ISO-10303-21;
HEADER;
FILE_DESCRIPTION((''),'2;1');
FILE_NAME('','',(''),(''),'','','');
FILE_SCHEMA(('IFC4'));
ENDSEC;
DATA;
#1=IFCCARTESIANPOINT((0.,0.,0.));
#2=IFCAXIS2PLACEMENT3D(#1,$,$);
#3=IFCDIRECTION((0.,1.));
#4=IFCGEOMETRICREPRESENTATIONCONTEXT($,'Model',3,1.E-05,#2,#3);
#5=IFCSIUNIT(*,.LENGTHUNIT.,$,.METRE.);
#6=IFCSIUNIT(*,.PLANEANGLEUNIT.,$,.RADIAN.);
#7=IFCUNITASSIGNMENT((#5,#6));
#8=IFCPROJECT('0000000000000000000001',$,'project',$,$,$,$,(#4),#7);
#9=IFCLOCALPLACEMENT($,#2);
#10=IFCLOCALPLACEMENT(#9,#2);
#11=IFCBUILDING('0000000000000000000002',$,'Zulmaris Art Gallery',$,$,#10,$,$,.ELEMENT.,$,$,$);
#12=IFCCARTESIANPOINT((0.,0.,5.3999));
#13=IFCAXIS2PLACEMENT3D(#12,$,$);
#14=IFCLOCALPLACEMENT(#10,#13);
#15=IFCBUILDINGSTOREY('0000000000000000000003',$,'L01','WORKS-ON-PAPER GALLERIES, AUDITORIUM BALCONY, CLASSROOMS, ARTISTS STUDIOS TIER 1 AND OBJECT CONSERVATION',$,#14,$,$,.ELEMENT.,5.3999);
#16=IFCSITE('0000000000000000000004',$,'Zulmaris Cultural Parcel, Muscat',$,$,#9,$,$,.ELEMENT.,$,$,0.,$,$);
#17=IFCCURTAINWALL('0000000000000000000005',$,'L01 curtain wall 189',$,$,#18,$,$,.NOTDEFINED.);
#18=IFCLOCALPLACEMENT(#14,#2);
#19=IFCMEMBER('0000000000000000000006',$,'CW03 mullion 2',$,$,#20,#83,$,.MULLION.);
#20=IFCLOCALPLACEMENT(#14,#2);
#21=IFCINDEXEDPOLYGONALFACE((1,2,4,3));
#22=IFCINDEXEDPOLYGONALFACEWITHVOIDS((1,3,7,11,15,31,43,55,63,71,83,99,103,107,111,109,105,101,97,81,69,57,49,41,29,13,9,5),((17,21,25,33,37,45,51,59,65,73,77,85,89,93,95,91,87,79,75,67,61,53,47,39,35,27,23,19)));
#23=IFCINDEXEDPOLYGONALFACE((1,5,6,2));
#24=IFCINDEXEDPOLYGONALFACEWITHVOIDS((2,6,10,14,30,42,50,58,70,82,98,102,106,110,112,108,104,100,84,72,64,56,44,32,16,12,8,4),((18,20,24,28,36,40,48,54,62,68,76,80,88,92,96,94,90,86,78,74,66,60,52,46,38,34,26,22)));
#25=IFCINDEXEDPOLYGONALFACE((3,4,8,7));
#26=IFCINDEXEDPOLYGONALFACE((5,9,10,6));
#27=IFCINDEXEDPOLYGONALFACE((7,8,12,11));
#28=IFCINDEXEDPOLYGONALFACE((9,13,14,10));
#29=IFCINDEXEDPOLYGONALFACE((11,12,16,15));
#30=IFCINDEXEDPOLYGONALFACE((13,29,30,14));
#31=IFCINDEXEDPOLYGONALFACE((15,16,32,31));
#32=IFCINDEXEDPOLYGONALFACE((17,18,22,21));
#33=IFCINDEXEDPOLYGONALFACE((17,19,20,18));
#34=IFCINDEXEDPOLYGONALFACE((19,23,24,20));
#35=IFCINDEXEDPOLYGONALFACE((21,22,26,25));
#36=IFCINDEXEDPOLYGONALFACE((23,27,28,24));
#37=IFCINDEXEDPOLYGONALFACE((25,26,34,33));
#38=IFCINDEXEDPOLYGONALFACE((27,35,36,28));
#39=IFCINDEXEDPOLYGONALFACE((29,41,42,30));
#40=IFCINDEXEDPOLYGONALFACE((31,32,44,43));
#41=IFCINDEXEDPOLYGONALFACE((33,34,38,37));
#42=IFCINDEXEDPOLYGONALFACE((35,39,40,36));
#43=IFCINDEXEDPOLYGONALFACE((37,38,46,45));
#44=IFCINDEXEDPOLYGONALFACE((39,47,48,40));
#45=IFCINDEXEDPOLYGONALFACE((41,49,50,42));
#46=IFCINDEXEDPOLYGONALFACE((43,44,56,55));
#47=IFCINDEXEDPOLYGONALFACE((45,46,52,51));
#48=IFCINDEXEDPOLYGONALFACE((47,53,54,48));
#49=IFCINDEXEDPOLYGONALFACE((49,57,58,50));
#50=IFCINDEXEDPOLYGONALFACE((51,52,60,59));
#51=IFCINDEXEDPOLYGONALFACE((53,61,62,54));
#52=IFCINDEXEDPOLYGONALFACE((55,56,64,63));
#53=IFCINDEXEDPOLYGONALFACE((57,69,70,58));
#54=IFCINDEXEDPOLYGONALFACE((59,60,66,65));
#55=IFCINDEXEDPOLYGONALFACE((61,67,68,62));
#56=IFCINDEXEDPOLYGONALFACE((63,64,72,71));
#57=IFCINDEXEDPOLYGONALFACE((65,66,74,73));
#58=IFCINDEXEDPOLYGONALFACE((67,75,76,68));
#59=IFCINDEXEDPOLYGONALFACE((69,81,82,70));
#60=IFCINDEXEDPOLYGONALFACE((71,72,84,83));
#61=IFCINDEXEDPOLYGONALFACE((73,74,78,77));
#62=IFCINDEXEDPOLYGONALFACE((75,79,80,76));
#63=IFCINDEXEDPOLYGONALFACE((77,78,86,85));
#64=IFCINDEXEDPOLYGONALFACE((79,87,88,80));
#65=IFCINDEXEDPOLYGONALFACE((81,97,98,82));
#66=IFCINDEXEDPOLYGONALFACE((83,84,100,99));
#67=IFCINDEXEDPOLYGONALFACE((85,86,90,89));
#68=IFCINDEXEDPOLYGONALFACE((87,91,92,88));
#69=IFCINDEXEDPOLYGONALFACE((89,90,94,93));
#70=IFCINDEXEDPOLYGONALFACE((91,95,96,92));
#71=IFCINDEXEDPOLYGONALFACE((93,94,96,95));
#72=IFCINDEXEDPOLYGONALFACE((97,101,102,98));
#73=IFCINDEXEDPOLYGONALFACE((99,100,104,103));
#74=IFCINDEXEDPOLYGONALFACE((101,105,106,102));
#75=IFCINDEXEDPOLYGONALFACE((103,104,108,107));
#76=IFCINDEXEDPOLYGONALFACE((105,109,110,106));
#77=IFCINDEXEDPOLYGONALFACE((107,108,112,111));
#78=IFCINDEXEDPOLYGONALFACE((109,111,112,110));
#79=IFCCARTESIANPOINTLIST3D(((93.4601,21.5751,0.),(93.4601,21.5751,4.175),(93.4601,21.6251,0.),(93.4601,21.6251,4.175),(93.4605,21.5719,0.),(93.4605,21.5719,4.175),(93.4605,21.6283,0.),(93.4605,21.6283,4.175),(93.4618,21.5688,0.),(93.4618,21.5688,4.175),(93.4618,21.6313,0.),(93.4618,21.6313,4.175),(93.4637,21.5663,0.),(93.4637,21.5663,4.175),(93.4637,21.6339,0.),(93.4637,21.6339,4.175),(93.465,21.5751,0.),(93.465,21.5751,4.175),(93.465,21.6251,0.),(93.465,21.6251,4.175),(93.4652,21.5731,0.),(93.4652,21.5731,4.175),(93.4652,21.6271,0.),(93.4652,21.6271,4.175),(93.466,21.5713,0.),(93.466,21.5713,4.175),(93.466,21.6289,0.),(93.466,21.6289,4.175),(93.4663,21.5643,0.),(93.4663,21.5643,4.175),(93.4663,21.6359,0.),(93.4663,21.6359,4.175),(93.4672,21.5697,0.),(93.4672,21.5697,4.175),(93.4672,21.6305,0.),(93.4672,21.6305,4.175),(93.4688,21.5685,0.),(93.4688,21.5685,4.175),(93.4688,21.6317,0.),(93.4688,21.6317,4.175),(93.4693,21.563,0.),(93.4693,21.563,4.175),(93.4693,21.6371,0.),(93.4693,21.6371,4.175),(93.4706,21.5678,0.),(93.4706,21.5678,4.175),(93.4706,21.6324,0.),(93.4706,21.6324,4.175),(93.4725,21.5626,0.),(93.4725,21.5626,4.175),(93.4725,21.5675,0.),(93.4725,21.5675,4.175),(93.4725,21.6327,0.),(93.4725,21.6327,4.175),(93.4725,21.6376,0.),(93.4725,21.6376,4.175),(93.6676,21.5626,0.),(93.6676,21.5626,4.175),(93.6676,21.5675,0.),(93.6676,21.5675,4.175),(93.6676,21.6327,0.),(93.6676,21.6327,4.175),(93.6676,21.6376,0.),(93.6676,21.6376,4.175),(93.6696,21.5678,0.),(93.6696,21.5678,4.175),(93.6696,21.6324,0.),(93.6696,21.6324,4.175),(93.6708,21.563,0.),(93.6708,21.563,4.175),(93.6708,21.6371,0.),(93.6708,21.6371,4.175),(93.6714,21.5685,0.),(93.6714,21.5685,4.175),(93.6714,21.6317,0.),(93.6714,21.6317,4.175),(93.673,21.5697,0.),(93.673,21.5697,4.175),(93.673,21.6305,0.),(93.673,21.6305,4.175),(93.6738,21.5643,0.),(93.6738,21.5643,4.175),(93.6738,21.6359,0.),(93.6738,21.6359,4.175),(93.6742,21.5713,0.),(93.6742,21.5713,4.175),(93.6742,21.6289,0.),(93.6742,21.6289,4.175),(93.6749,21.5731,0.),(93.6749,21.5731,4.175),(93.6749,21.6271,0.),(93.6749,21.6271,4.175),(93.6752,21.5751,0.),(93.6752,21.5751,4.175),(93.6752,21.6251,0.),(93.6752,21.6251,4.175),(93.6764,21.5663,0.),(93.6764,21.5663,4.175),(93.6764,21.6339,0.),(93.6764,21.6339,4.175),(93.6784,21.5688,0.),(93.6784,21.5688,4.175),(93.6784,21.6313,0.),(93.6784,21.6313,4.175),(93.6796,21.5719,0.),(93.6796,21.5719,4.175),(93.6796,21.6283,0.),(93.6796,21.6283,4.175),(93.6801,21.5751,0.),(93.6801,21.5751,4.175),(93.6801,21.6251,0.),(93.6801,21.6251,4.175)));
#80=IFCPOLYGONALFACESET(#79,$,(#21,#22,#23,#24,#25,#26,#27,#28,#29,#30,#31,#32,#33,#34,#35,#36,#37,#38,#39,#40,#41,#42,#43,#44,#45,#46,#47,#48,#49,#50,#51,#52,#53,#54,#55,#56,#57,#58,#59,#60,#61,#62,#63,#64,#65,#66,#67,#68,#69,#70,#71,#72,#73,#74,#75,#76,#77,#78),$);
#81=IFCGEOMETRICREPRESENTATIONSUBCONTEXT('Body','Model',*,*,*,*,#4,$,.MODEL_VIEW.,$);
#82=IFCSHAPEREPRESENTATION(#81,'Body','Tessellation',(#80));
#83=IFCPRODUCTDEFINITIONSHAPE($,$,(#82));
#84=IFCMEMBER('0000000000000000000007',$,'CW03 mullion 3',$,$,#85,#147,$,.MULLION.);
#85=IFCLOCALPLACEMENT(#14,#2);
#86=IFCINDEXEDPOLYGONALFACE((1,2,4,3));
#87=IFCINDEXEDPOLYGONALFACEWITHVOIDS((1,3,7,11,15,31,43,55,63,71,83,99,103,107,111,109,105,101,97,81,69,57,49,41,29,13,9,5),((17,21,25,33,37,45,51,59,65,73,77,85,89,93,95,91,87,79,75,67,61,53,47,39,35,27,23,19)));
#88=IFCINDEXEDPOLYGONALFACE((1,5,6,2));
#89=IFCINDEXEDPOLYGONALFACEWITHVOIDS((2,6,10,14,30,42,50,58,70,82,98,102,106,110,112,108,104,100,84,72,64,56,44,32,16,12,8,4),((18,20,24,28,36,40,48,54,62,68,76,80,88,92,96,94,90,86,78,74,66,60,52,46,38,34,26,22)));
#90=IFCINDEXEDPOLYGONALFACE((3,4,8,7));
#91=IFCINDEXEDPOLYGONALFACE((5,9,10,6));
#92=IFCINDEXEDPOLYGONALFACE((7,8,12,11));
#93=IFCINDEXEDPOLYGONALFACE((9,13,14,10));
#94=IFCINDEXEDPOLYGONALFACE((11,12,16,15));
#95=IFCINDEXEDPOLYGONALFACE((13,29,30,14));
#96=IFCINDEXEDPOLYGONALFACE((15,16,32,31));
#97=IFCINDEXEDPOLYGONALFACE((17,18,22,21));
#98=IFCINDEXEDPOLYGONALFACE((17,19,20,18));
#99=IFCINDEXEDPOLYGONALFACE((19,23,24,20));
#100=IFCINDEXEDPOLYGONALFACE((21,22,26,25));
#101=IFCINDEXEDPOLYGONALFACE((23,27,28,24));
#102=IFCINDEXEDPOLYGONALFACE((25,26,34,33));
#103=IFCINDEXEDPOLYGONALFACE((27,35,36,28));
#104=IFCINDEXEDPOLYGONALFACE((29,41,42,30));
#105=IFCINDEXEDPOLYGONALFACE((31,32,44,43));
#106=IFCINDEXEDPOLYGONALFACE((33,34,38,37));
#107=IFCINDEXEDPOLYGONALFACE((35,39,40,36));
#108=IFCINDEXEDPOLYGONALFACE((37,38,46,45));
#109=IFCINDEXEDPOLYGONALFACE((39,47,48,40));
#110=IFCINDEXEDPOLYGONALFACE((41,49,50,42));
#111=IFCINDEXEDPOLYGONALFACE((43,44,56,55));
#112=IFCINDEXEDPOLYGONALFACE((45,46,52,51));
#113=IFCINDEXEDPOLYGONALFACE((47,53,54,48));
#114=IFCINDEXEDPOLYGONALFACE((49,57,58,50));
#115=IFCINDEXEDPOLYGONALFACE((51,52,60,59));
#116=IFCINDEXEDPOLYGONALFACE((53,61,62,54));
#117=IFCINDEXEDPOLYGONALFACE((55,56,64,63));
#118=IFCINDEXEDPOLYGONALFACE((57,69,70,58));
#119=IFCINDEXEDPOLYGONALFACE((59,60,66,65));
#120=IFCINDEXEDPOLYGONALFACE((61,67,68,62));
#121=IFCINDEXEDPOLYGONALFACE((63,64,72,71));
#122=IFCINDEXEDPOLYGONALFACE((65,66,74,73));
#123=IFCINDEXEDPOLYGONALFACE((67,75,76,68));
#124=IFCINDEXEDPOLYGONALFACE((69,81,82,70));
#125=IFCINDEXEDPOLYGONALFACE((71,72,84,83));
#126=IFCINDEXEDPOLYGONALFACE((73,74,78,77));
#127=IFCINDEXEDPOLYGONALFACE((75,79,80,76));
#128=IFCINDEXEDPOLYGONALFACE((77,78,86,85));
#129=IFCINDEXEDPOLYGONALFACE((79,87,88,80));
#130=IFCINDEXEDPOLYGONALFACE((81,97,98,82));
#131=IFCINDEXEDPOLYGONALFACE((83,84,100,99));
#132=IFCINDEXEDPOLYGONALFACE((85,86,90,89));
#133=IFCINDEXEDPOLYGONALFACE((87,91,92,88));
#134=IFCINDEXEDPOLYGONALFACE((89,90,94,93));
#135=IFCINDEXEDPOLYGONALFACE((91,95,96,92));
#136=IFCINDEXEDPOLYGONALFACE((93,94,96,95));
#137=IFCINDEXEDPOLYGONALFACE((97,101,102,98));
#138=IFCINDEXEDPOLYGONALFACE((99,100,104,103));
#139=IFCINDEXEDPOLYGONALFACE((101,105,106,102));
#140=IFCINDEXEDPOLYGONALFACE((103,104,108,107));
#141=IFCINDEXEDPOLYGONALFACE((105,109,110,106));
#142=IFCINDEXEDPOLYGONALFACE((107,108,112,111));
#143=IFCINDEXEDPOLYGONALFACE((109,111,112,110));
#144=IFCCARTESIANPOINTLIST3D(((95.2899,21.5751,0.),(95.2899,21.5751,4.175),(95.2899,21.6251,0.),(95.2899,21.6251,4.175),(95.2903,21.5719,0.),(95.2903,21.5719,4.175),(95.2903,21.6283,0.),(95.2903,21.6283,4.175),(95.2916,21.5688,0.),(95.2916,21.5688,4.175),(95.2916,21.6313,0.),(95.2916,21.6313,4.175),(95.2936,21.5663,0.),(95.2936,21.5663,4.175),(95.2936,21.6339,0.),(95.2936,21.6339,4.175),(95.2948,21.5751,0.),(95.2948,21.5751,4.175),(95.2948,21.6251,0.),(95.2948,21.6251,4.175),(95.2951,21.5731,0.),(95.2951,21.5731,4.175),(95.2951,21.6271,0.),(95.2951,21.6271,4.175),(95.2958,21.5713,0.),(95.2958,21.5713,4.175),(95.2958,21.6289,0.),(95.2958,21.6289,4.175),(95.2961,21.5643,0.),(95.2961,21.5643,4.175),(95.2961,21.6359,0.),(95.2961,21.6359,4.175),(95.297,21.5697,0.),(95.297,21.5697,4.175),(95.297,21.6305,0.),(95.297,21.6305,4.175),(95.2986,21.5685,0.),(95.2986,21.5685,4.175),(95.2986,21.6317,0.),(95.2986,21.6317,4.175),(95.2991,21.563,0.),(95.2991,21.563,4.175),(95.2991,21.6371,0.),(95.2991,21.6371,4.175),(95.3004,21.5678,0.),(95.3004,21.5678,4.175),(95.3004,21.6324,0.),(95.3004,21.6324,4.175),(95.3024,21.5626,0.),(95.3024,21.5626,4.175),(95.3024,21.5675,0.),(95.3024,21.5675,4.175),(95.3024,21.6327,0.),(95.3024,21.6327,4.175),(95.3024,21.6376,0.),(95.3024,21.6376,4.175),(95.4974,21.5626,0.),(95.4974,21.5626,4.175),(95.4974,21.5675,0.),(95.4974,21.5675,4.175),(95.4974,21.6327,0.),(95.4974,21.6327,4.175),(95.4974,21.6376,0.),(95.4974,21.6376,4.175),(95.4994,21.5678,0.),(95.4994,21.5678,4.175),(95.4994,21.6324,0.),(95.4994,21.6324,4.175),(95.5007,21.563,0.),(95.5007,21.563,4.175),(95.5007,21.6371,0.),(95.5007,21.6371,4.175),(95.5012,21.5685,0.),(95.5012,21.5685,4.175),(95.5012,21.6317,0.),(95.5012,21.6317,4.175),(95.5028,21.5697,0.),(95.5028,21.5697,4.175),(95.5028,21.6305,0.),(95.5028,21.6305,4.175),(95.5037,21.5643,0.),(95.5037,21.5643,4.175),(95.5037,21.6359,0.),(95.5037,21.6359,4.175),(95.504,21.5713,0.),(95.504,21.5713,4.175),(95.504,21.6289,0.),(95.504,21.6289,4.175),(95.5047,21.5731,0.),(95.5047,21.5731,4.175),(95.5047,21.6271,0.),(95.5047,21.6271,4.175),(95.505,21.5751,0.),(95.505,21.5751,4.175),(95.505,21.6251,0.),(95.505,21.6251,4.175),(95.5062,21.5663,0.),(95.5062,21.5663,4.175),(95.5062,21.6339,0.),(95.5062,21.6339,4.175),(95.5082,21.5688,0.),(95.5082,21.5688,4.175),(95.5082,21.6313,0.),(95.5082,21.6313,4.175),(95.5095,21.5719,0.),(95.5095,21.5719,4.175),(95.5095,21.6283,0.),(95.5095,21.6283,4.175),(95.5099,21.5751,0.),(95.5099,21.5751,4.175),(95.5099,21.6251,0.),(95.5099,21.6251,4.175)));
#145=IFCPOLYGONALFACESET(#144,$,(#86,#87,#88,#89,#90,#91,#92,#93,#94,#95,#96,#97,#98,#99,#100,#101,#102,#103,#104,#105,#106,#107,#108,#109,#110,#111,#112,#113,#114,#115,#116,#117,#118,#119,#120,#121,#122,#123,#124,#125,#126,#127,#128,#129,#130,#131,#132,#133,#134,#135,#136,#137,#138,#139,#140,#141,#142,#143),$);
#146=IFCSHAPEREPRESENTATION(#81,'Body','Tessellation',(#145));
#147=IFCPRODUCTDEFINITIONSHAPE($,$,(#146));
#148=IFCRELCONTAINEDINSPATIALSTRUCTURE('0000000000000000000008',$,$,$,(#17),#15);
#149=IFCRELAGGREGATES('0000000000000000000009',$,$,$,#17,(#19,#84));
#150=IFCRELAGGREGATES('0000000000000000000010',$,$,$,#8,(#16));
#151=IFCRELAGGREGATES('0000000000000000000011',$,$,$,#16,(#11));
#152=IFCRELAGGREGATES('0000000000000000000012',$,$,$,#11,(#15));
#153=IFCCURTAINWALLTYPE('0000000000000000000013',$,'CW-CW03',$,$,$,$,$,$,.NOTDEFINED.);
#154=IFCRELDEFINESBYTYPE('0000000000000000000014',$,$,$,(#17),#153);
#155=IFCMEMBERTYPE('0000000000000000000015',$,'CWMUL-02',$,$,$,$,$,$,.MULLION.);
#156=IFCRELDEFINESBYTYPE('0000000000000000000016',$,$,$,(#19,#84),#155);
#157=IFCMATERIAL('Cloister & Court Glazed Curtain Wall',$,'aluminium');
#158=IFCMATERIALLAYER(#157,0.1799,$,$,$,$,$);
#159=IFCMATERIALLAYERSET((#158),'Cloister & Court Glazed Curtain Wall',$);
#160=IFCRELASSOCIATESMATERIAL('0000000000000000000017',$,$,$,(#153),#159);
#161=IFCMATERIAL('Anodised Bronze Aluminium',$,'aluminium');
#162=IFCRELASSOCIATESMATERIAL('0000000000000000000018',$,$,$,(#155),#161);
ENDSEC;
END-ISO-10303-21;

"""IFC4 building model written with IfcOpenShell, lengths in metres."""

from ifc_helpers import new_model, si_unit, direction, frame, origin, origin_2d, place, context, subcontext, project, spatial, hollow_rectangle, extrude, material, layer, layer_set, material_profile, profile_set, type_object, element, aggregate, save


model = new_model("IFC4")

# Units and contexts
model_context = context("Model", 3, precision=1e-05, world=origin(), true_north=direction((0.0, 1.0)))
body_context = subcontext(model_context, "Body", "Model", "MODEL_VIEW")
ifc_project = project(units=[si_unit("LENGTHUNIT", "METRE"), si_unit("PLANEANGLEUNIT", "RADIAN")], contexts=[model_context])

# Site, building, storey
site_placement = place(None, origin())
site = spatial("IfcSite", under=ifc_project, at=site_placement, Name="Zulmaris Cultural Parcel, Muscat", CompositionType="ELEMENT", RefElevation=0.0)
building_placement = place(site_placement, origin())
building = spatial("IfcBuilding", under=site, at=building_placement, Name="Zulmaris Art Gallery", CompositionType="ELEMENT")
storey_placement = place(building_placement, frame((0.0, 0.0, 5.3999)))
storey = spatial("IfcBuildingStorey", under=building, at=storey_placement, Name="L01", Description="WORKS-ON-PAPER GALLERIES, AUDITORIUM BALCONY, CLASSROOMS, ARTISTS STUDIOS TIER 1 AND OBJECT CONSERVATION", CompositionType="ELEMENT", Elevation=5.3999)

# Curtain wall, members
ifc_material_1 = material(Name="Cloister & Court Glazed Curtain Wall", Category="aluminium")
ifc_layer_1 = layer(ifc_material_1, 0.1799)
ifc_layer_set_1 = layer_set([ifc_layer_1], Name="Cloister & Court Glazed Curtain Wall")
curtain_wall_type = type_object("IfcCurtainWallType", Name="CW-CW03", PredefinedType="NOTDEFINED", material=ifc_layer_set_1)
curtain_wall_placement = place(storey_placement, origin())
curtain_wall = element("IfcCurtainWall", 1, at=curtain_wall_placement, inside=storey, type_object=curtain_wall_type, Name="L01 curtain wall 189", PredefinedType="NOTDEFINED")
ifc_material_2 = material(Name="Anodised Bronze Aluminium", Category="aluminium")
ifc_material_profile_1 = material_profile(ifc_material_2, hollow_rectangle(XDim=0.075, YDim=0.22, WallThickness=0.0049, InnerFilletRadius=0.0076, OuterFilletRadius=0.0125, at=origin_2d()), Name="ALU 75x220x5")
ifc_profile_set_1 = profile_set([ifc_material_profile_1], Name="Anodised Bronze Aluminium")
member_type_1 = type_object("IfcMemberType", Name="CWMUL-02", PredefinedType="MULLION", material=ifc_profile_set_1)
member_1_placement = place(storey_placement, frame((93.5701, 21.6001, 0.0), z_axis=(0.0, 0.0, 1.0), x_axis=(0.0, 1.0, 0.0)))
member_1 = element("IfcMember", 2, at=member_1_placement, type_object=member_type_1, Name="CW03 mullion 2", PredefinedType="MULLION", context=body_context, shape_type="SweptSolid", body=[
    extrude(hollow_rectangle(XDim=0.075, YDim=0.22, WallThickness=0.0049, InnerFilletRadius=0.0076, OuterFilletRadius=0.0125, at=origin_2d()), origin(), (0.0, 0.0, 1.0), 4.175),
])
member_2_placement = place(storey_placement, frame((95.3999, 21.6001, 0.0), z_axis=(0.0, 0.0, 1.0), x_axis=(0.0, 1.0, 0.0)))
member_2 = element("IfcMember", 3, at=member_2_placement, type_object=member_type_1, Name="CW03 mullion 3", PredefinedType="MULLION", context=body_context, shape_type="SweptSolid", body=[
    extrude(hollow_rectangle(XDim=0.075, YDim=0.22, WallThickness=0.0049, InnerFilletRadius=0.0076, OuterFilletRadius=0.0125, at=origin_2d()), origin(), (0.0, 0.0, 1.0), 4.175),
])
aggregate(curtain_wall, [member_1, member_2])

save(model, "model.ifc")
